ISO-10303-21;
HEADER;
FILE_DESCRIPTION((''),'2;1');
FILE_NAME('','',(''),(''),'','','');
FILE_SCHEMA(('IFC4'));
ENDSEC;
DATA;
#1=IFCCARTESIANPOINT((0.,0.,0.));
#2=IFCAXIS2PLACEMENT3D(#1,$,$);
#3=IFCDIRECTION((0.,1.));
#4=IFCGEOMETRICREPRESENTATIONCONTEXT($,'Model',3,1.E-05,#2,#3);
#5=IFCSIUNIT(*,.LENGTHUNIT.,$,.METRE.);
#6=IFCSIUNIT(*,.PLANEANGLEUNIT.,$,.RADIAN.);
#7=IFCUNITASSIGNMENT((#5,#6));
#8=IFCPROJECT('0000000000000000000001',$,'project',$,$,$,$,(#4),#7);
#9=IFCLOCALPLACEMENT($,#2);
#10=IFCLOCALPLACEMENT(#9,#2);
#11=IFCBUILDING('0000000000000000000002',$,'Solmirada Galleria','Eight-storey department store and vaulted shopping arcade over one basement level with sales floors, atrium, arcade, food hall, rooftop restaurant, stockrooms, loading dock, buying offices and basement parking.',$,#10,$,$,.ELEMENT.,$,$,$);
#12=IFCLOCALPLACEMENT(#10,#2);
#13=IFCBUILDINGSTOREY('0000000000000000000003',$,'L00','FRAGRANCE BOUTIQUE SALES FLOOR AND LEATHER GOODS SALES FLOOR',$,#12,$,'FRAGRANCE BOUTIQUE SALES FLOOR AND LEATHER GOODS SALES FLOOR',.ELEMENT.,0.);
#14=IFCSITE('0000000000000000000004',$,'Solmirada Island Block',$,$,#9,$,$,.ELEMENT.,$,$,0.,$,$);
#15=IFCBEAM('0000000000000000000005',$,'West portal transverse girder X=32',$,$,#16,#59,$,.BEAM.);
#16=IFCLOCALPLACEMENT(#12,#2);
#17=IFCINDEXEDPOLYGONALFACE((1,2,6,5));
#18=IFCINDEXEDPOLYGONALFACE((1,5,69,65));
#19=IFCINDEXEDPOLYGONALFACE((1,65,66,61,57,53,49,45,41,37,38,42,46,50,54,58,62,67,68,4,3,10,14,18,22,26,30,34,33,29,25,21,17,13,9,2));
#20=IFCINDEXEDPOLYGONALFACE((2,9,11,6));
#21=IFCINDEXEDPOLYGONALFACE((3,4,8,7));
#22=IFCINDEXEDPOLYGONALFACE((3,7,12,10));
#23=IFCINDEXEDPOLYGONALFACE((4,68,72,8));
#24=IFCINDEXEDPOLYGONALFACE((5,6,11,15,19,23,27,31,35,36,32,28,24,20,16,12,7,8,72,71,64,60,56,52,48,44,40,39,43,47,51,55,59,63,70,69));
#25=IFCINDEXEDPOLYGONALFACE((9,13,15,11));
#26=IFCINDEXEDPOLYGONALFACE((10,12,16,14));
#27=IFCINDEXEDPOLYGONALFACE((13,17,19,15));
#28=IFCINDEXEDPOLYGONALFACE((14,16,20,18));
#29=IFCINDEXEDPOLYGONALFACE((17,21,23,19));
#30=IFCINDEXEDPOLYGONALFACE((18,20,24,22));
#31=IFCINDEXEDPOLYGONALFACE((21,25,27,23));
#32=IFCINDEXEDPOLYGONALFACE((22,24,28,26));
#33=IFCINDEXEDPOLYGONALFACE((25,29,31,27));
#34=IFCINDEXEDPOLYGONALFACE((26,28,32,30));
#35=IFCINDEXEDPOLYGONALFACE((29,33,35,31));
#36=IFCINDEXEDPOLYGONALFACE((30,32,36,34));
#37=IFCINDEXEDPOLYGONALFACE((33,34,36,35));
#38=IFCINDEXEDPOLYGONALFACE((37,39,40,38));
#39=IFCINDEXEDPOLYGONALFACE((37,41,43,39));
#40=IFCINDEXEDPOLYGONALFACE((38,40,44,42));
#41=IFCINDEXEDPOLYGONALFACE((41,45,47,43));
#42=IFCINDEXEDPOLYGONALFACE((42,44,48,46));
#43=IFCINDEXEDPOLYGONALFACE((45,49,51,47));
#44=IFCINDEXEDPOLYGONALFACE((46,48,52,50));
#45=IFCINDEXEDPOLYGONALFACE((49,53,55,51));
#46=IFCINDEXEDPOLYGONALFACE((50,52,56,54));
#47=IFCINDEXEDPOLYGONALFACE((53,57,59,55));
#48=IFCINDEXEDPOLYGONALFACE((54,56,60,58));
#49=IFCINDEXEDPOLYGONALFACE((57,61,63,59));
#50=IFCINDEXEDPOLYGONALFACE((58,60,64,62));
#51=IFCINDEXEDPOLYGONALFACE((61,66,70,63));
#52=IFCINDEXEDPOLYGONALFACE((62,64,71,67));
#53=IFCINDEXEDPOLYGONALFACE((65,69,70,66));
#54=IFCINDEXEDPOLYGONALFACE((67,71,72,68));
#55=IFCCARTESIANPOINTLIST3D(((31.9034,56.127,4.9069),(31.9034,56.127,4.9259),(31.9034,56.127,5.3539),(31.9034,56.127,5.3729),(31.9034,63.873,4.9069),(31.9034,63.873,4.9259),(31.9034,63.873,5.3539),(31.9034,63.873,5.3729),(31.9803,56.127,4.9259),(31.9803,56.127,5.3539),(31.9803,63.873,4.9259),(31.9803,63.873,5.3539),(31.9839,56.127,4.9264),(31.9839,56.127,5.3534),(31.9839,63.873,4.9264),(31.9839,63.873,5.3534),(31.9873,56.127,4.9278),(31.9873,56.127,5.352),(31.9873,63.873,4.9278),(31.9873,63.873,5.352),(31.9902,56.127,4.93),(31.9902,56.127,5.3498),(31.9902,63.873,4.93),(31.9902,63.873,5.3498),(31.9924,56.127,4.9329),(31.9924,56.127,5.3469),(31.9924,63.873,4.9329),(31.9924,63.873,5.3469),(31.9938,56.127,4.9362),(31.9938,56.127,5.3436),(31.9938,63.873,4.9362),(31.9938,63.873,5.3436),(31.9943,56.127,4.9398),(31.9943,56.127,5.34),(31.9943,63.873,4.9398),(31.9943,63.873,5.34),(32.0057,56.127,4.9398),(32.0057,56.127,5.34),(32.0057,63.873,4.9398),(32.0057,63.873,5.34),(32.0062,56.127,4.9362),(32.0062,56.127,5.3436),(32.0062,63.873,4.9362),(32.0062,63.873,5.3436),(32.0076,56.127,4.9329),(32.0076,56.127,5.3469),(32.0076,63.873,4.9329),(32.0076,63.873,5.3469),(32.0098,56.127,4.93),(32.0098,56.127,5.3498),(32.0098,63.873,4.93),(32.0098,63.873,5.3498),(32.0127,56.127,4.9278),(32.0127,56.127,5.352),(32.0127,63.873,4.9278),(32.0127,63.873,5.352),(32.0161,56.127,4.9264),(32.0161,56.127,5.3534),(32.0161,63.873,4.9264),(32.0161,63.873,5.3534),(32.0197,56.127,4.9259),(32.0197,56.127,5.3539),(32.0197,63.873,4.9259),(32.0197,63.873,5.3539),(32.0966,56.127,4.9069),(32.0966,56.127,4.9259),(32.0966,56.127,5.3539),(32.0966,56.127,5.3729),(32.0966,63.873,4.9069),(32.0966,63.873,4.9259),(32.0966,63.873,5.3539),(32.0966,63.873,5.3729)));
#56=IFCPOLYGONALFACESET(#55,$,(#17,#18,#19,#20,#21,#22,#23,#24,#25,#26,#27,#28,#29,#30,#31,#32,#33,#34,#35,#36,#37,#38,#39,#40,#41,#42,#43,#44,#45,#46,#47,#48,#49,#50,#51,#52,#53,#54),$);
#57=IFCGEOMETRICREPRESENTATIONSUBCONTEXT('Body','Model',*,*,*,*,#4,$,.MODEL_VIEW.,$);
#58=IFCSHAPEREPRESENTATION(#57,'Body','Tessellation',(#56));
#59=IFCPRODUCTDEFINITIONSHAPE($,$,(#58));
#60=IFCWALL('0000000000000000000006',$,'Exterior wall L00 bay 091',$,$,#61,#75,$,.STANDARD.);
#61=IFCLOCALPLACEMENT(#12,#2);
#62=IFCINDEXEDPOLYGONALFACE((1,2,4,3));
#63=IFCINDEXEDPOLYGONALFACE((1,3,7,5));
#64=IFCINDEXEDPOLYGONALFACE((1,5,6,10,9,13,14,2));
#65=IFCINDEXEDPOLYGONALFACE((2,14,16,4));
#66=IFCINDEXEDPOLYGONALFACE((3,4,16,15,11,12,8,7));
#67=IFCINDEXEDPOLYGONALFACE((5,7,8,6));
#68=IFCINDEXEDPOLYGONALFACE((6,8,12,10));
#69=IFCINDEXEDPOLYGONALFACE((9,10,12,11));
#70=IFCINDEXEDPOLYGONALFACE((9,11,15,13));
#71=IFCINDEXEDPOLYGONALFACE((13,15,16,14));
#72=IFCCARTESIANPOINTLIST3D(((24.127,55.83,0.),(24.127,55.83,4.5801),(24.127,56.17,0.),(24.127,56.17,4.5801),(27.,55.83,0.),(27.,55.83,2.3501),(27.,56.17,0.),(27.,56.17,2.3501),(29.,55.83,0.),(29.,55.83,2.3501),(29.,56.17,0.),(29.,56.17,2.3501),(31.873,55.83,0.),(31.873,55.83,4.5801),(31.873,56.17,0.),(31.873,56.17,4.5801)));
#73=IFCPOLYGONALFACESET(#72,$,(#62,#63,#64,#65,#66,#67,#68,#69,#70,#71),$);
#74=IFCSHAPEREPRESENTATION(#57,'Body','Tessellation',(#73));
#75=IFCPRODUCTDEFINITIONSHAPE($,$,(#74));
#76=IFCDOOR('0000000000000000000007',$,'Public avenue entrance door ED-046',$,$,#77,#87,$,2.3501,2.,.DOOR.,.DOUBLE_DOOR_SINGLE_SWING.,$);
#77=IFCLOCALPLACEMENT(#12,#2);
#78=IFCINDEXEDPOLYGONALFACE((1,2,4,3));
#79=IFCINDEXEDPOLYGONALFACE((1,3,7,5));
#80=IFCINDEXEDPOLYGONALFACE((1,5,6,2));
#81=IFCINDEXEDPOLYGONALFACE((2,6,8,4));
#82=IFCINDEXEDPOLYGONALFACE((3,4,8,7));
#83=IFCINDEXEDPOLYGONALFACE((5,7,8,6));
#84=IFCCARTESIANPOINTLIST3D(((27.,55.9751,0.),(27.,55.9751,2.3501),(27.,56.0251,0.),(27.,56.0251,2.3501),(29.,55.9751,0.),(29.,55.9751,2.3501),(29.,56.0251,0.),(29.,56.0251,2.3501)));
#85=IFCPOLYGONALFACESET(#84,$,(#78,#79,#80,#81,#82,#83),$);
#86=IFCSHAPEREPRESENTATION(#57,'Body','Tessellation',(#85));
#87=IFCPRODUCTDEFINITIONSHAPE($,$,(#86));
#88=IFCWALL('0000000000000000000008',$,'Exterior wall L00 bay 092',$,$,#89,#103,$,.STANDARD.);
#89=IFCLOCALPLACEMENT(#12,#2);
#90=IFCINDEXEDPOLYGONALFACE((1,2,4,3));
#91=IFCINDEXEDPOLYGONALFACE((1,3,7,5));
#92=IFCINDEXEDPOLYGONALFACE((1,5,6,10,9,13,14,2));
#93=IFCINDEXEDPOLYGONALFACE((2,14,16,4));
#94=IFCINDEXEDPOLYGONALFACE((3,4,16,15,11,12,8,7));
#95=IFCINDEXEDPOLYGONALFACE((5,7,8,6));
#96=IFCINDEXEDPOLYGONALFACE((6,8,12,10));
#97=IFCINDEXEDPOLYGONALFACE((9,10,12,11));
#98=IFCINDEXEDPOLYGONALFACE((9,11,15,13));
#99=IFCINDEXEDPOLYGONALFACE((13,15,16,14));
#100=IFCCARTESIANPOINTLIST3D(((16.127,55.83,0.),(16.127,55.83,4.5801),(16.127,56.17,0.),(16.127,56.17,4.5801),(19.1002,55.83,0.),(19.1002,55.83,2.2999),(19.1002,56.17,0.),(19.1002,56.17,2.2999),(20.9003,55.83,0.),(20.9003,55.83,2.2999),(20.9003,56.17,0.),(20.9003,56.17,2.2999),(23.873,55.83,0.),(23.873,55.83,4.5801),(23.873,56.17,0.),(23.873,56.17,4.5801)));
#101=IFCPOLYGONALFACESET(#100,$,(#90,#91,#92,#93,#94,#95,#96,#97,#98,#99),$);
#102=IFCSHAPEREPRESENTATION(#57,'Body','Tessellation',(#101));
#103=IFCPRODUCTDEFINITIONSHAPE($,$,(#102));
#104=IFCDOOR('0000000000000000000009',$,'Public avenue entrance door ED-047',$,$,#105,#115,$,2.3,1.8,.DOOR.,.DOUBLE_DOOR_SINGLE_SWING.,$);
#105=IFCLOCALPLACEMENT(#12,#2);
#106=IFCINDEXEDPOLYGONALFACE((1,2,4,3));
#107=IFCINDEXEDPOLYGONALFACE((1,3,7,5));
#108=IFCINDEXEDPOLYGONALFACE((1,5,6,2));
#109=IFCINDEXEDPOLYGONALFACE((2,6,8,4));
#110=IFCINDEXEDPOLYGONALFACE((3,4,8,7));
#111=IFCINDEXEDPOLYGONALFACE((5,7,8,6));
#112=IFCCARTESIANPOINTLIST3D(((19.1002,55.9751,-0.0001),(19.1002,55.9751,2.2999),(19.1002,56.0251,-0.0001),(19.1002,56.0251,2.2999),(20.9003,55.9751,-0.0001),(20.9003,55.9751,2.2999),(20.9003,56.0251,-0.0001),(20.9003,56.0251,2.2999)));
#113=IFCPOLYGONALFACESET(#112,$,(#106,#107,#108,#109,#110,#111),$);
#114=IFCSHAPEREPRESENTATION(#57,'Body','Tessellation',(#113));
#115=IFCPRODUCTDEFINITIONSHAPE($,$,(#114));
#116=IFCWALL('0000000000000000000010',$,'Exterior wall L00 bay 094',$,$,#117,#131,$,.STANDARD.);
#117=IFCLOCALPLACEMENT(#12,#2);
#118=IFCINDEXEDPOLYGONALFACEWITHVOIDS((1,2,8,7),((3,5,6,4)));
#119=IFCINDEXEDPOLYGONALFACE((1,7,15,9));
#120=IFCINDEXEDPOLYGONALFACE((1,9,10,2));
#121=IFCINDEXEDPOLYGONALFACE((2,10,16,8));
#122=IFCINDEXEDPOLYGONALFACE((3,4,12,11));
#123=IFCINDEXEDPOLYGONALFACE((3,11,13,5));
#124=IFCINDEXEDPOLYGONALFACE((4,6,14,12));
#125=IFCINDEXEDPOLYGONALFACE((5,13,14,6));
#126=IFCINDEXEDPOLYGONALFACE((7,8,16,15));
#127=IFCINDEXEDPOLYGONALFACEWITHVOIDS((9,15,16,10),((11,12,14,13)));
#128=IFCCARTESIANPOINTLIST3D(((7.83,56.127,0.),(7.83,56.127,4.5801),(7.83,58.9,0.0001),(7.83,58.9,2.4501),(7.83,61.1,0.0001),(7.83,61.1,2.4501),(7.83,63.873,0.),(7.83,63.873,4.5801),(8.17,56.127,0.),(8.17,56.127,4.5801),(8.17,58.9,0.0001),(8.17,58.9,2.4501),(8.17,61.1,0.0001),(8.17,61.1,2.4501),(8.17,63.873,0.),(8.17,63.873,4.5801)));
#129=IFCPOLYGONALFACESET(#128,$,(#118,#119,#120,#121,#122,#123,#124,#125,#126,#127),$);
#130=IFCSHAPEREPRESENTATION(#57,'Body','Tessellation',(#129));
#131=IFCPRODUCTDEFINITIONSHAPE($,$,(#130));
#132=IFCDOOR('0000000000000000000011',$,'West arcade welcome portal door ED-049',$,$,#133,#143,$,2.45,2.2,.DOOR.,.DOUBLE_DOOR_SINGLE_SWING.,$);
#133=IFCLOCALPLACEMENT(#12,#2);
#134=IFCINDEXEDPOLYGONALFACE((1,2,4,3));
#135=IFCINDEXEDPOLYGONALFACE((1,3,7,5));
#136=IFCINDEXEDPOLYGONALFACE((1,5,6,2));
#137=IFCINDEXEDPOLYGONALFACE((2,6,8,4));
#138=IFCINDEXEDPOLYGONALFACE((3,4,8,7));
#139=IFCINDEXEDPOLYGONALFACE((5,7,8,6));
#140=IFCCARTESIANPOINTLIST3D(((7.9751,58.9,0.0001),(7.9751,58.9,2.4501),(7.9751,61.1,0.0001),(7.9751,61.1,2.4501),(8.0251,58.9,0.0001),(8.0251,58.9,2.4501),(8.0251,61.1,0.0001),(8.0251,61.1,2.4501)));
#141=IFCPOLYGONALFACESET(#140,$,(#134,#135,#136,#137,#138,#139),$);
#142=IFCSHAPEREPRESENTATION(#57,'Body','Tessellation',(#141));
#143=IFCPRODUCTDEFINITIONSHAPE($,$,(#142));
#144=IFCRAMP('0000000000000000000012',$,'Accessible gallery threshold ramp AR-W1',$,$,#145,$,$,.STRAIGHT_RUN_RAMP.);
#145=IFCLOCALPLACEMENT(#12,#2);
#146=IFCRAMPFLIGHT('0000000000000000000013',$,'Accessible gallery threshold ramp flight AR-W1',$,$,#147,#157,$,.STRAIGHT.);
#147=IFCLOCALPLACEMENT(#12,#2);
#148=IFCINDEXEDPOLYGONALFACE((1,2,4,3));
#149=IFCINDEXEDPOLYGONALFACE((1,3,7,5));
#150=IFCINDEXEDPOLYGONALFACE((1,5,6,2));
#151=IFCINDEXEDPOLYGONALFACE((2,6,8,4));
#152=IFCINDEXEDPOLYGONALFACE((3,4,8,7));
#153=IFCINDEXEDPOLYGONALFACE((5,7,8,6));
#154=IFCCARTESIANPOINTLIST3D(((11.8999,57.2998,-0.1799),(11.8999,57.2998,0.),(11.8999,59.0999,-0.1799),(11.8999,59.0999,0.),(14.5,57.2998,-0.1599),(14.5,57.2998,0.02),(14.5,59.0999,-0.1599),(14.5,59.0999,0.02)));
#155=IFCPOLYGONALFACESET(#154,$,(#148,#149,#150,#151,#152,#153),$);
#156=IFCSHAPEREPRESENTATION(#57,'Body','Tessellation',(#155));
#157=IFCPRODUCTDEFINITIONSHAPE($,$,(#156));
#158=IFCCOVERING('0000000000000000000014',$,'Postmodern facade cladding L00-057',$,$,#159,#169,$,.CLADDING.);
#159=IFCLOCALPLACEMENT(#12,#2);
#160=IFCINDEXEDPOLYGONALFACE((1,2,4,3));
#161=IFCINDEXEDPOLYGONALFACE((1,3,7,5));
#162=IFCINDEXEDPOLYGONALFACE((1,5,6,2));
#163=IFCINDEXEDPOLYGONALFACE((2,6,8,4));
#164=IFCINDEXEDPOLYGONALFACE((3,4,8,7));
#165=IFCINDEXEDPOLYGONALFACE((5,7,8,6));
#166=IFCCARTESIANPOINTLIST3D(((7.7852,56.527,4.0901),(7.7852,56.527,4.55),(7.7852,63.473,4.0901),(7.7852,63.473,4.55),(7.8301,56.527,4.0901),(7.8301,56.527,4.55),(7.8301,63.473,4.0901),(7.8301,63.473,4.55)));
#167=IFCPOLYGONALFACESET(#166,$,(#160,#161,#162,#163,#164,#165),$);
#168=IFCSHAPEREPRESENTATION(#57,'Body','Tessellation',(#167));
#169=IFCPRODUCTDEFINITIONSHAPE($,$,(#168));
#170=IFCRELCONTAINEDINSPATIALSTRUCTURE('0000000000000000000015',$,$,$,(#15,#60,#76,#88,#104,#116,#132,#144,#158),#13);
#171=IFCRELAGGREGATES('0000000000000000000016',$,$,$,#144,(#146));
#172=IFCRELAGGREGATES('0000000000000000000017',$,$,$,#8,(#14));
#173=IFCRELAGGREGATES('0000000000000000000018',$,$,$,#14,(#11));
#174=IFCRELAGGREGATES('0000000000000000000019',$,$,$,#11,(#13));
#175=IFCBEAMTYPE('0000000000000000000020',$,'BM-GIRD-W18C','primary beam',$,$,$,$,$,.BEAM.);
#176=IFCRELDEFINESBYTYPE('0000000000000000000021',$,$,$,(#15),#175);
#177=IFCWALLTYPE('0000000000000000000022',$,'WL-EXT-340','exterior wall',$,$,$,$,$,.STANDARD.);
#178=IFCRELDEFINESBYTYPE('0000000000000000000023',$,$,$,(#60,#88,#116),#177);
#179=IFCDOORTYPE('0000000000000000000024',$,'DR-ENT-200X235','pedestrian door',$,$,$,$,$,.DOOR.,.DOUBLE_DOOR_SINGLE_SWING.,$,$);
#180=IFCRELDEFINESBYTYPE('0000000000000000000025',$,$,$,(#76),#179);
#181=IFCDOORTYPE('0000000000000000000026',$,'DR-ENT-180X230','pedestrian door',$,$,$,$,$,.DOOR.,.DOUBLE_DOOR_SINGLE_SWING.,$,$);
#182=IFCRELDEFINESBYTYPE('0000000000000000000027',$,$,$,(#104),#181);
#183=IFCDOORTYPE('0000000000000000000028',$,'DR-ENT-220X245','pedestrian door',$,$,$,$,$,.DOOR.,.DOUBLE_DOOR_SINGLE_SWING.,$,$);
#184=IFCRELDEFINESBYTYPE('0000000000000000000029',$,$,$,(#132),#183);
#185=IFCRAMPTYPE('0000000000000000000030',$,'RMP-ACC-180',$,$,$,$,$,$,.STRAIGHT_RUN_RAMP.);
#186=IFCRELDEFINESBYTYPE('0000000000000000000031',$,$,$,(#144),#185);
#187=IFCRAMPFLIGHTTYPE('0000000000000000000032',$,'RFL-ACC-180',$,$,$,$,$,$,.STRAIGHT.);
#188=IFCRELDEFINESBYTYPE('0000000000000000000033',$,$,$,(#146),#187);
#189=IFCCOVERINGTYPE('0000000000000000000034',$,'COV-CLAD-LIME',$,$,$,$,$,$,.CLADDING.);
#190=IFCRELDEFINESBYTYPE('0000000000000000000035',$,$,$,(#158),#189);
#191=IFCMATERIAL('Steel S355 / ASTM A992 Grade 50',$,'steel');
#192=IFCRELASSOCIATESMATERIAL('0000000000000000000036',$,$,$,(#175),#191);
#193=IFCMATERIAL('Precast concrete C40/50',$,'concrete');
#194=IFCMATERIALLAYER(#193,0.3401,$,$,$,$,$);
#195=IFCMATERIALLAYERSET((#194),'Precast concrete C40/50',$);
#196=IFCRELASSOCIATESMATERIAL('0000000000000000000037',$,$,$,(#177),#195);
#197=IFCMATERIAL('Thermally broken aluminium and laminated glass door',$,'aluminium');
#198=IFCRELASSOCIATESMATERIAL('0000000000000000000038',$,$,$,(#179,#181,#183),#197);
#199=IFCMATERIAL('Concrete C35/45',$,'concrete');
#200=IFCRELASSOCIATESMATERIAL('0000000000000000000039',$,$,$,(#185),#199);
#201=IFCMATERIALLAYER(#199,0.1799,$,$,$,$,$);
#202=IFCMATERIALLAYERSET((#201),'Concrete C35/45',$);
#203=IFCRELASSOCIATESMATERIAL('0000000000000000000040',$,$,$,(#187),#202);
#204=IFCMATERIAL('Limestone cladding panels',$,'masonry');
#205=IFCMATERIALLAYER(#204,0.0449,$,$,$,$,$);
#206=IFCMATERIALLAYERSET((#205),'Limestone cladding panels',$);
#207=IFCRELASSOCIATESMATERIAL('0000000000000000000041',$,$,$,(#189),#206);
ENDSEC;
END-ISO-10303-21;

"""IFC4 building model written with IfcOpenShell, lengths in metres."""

from ifc_helpers import new_model, si_unit, direction, frame, frame_2d, origin, origin_2d, place, context, subcontext, project, spatial, polyline, rectangle, i_section, outline, extrude, material, layer, layer_set, material_profile, profile_set, type_object, element, fill, aggregate, save


model = new_model("IFC4")

# Units and contexts
model_context = context("Model", 3, precision=1e-05, world=origin(), true_north=direction((0.0, 1.0)))
body_context = subcontext(model_context, "Body", "Model", "MODEL_VIEW")
ifc_project = project(units=[si_unit("LENGTHUNIT", "METRE"), si_unit("PLANEANGLEUNIT", "RADIAN")], contexts=[model_context])

# Site, building, storey
site_placement = place(None, origin())
site = spatial("IfcSite", under=ifc_project, at=site_placement, Name="Solmirada Island Block", CompositionType="ELEMENT", RefElevation=0.0)
building_placement = place(site_placement, origin())
building = spatial("IfcBuilding", under=site, at=building_placement, Name="Solmirada Galleria", Description="Eight-storey department store and vaulted shopping arcade over one basement level with sales floors, atrium, arcade, food hall, rooftop restaurant, stockrooms, loading dock, buying offices and basement parking.", CompositionType="ELEMENT")
storey_placement = place(building_placement, origin())
storey = spatial("IfcBuildingStorey", under=building, at=storey_placement, Name="L00", Description="FRAGRANCE BOUTIQUE SALES FLOOR AND LEATHER GOODS SALES FLOOR", LongName="FRAGRANCE BOUTIQUE SALES FLOOR AND LEATHER GOODS SALES FLOOR", CompositionType="ELEMENT", Elevation=0.0)

# Beam
ifc_material_1 = material(Name="Steel S355 / ASTM A992 Grade 50", Category="steel")
ifc_material_profile_1 = material_profile(ifc_material_1, i_section(OverallWidth=0.1931, OverallDepth=0.4661, WebThickness=0.0115, FlangeThickness=0.019, FilletRadius=0.0139, at=origin_2d()), Name="W18X65")
ifc_profile_set_1 = profile_set([ifc_material_profile_1], Name="Steel S355 / ASTM A992 Grade 50")
beam_type = type_object("IfcBeamType", Name="BM-GIRD-W18C", Description="primary beam", PredefinedType="BEAM", material=ifc_profile_set_1)
for number, where, z_axis, x_axis, name in (
    (1, (32.0, 56.127, 5.1399), (0.0, 1.0, 0.0), (-1.0, 0.0, 0.0), "West portal transverse girder X=32"),
):
    element("IfcBeam", number, at=place(storey_placement, frame(where, z_axis=z_axis, x_axis=x_axis)), inside=storey, type_object=beam_type, Name=name, PredefinedType="BEAM", context=body_context, shape_type="SweptSolid", body=[
        extrude(i_section(OverallWidth=0.1931, OverallDepth=0.4661, WebThickness=0.0115, FlangeThickness=0.019, FilletRadius=0.0139, at=origin_2d()), origin(), (0.0, 0.0, 1.0), 7.7461),
    ])

# Walls, openings, doors
ifc_material_2 = material(Name="Precast concrete C40/50", Category="concrete")
ifc_layer_1 = layer(ifc_material_2, 0.3401)
ifc_layer_set_1 = layer_set([ifc_layer_1], Name="Precast concrete C40/50")
wall_type = type_object("IfcWallType", Name="WL-EXT-340", Description="exterior wall", PredefinedType="STANDARD", material=ifc_layer_set_1)
wall_1_placement = place(storey_placement, frame((31.873, 56.0, 0.0), z_axis=(0.0, 0.0, 1.0), x_axis=(-1.0, 0.0, 0.0)))
wall_1 = element("IfcWall", 2, at=wall_1_placement, inside=storey, type_object=wall_type, Name="Exterior wall L00 bay 091", PredefinedType="STANDARD", context=body_context, shape_type="SweptSolid", body=[
    extrude(rectangle(XDim=7.7461, YDim=0.3401, at=frame_2d((3.873, 0.0))), origin(), (0.0, 0.0, 1.0), 4.5801),
])
opening_1_placement = place(wall_1_placement, frame((2.873, 0.0, 0.0)))
opening_1 = element("IfcOpeningElement", 3, at=opening_1_placement, cuts=wall_1, PredefinedType="OPENING", context=body_context, shape_type="SweptSolid", body=[
    extrude(rectangle(XDim=2.0, YDim=2.3501, at=frame_2d((1.0, 1.175))), frame((0.0, 0.1799, 0.0), z_axis=(0.0, -1.0, 0.0), x_axis=(1.0, 0.0, 0.0)), (0.0, 0.0, 1.0), 0.3601),
])
ifc_material_3 = material(Name="Thermally broken aluminium and laminated glass door", Category="aluminium")
door_type_1 = type_object("IfcDoorType", Name="DR-ENT-200X235", Description="pedestrian door", OperationType="DOUBLE_DOOR_SINGLE_SWING", PredefinedType="DOOR", material=ifc_material_3)
door_1_placement = place(opening_1_placement, origin())
door_1 = element("IfcDoor", 4, at=door_1_placement, inside=storey, type_object=door_type_1, Name="Public avenue entrance door ED-046", OperationType="DOUBLE_DOOR_SINGLE_SWING", OverallHeight=2.3501, OverallWidth=2.0, PredefinedType="DOOR", context=body_context, shape_type="SweptSolid", body=[
    extrude(rectangle(XDim=2.0, YDim=2.3501, at=frame_2d((1.0, 1.175))), frame((0.0, 0.0249, 0.0), z_axis=(0.0, -1.0, 0.0), x_axis=(1.0, 0.0, 0.0)), (0.0, 0.0, 1.0), 0.05),
])
fill(opening_1, door_1)
wall_2_placement = place(storey_placement, frame((23.873, 56.0, 0.0), z_axis=(0.0, 0.0, 1.0), x_axis=(-1.0, 0.0, 0.0)))
wall_2 = element("IfcWall", 5, at=wall_2_placement, inside=storey, type_object=wall_type, Name="Exterior wall L00 bay 092", PredefinedType="STANDARD", context=body_context, shape_type="SweptSolid", body=[
    extrude(rectangle(XDim=7.7461, YDim=0.3401, at=frame_2d((3.873, 0.0))), origin(), (0.0, 0.0, 1.0), 4.5801),
])
opening_2_placement = place(wall_2_placement, frame((2.9729, 0.0, 0.0)))
opening_2 = element("IfcOpeningElement", 6, at=opening_2_placement, cuts=wall_2, PredefinedType="OPENING", context=body_context, shape_type="SweptSolid", body=[
    extrude(rectangle(XDim=1.8, YDim=2.3, at=frame_2d((0.8999, 1.1499))), frame((0.0, 0.1799, 0.0), z_axis=(0.0, -1.0, 0.0), x_axis=(1.0, 0.0, 0.0)), (0.0, 0.0, 1.0), 0.3601),
])
door_type_2 = type_object("IfcDoorType", Name="DR-ENT-180X230", Description="pedestrian door", OperationType="DOUBLE_DOOR_SINGLE_SWING", PredefinedType="DOOR", material=ifc_material_3)
door_2_placement = place(opening_2_placement, origin())
door_2 = element("IfcDoor", 7, at=door_2_placement, inside=storey, type_object=door_type_2, Name="Public avenue entrance door ED-047", OperationType="DOUBLE_DOOR_SINGLE_SWING", OverallHeight=2.3, OverallWidth=1.8, PredefinedType="DOOR", context=body_context, shape_type="SweptSolid", body=[
    extrude(rectangle(XDim=1.8, YDim=2.3, at=frame_2d((0.8999, 1.1499))), frame((0.0, 0.0249, 0.0), z_axis=(0.0, -1.0, 0.0), x_axis=(1.0, 0.0, 0.0)), (0.0, 0.0, 1.0), 0.05),
])
fill(opening_2, door_2)
wall_3_placement = place(storey_placement, frame((8.0, 56.127, 0.0), z_axis=(0.0, 0.0, 1.0), x_axis=(0.0, 1.0, 0.0)))
wall_3 = element("IfcWall", 8, at=wall_3_placement, inside=storey, type_object=wall_type, Name="Exterior wall L00 bay 094", PredefinedType="STANDARD", context=body_context, shape_type="SweptSolid", body=[
    extrude(rectangle(XDim=7.7461, YDim=0.3401, at=frame_2d((3.873, 0.0))), origin(), (0.0, 0.0, 1.0), 4.5801),
])
opening_3_placement = place(wall_3_placement, frame((2.7729, 0.0, 0.0)))
opening_3 = element("IfcOpeningElement", 9, at=opening_3_placement, cuts=wall_3, PredefinedType="OPENING", context=body_context, shape_type="SweptSolid", body=[
    extrude(rectangle(XDim=2.2, YDim=2.45, at=frame_2d((1.1001, 1.2251))), frame((0.0, 0.1799, 0.0), z_axis=(0.0, -1.0, 0.0), x_axis=(1.0, 0.0, 0.0)), (0.0, 0.0, 1.0), 0.3601),
])
door_type_3 = type_object("IfcDoorType", Name="DR-ENT-220X245", Description="pedestrian door", OperationType="DOUBLE_DOOR_SINGLE_SWING", PredefinedType="DOOR", material=ifc_material_3)
door_3_placement = place(opening_3_placement, origin())
door_3 = element("IfcDoor", 10, at=door_3_placement, inside=storey, type_object=door_type_3, Name="West arcade welcome portal door ED-049", OperationType="DOUBLE_DOOR_SINGLE_SWING", OverallHeight=2.45, OverallWidth=2.2, PredefinedType="DOOR", context=body_context, shape_type="SweptSolid", body=[
    extrude(rectangle(XDim=2.2, YDim=2.45, at=frame_2d((1.1001, 1.2251))), frame((0.0, 0.0249, 0.0), z_axis=(0.0, -1.0, 0.0), x_axis=(1.0, 0.0, 0.0)), (0.0, 0.0, 1.0), 0.05),
])
fill(opening_3, door_3)

# Ramp, ramp flight
ifc_material_4 = material(Name="Concrete C35/45", Category="concrete")
ramp_type = type_object("IfcRampType", Name="RMP-ACC-180", PredefinedType="STRAIGHT_RUN_RAMP", material=ifc_material_4)
ramp_placement = place(storey_placement, origin())
ramp = element("IfcRamp", 11, at=ramp_placement, inside=storey, type_object=ramp_type, Name="Accessible gallery threshold ramp AR-W1", PredefinedType="STRAIGHT_RUN_RAMP")
ifc_layer_2 = layer(ifc_material_4, 0.1799)
ifc_layer_set_2 = layer_set([ifc_layer_2], Name="Concrete C35/45")
ramp_flight_type = type_object("IfcRampFlightType", Name="RFL-ACC-180", PredefinedType="STRAIGHT", material=ifc_layer_set_2)
ramp_flight_placement = place(storey_placement, frame((12.0, 58.2, 0.0), z_axis=(0.0, 0.0, 1.0), x_axis=(1.0, 0.0, 0.0)))
ramp_flight = element("IfcRampFlight", 12, at=ramp_flight_placement, type_object=ramp_flight_type, Name="Accessible gallery threshold ramp flight AR-W1", PredefinedType="STRAIGHT", context=body_context, shape_type="SweptSolid", body=[
    extrude(outline(polyline([(-0.1001, 0.0), (2.5, 0.02), (2.5, -0.1599), (-0.1001, -0.1799), (-0.1001, 0.0)])), frame((0.0, 0.8999, 0.0), z_axis=(0.0, -1.0, 0.0), x_axis=(1.0, 0.0, 0.0)), (0.0, 0.0, 1.0), 1.8),
])
aggregate(ramp, [ramp_flight])

# Covering
ifc_material_5 = material(Name="Limestone cladding panels", Category="masonry")
ifc_layer_3 = layer(ifc_material_5, 0.0449)
ifc_layer_set_3 = layer_set([ifc_layer_3], Name="Limestone cladding panels")
covering_type = type_object("IfcCoveringType", Name="COV-CLAD-LIME", PredefinedType="CLADDING", material=ifc_layer_set_3)
for number, where, z_axis, x_axis, name in (
    (13, (7.8076, 60.0, 4.0901), (0.0, 0.0, 1.0), (0.0, 1.0, 0.0), "Postmodern facade cladding L00-057"),
):
    element("IfcCovering", number, at=place(storey_placement, frame(where, z_axis=z_axis, x_axis=x_axis)), inside=storey, type_object=covering_type, Name=name, PredefinedType="CLADDING", context=body_context, shape_type="SweptSolid", body=[
        extrude(rectangle(XDim=6.946, YDim=0.0449, at=origin_2d()), origin(), (0.0, 0.0, 1.0), 0.46),
    ])

save(model, "model.ifc")
